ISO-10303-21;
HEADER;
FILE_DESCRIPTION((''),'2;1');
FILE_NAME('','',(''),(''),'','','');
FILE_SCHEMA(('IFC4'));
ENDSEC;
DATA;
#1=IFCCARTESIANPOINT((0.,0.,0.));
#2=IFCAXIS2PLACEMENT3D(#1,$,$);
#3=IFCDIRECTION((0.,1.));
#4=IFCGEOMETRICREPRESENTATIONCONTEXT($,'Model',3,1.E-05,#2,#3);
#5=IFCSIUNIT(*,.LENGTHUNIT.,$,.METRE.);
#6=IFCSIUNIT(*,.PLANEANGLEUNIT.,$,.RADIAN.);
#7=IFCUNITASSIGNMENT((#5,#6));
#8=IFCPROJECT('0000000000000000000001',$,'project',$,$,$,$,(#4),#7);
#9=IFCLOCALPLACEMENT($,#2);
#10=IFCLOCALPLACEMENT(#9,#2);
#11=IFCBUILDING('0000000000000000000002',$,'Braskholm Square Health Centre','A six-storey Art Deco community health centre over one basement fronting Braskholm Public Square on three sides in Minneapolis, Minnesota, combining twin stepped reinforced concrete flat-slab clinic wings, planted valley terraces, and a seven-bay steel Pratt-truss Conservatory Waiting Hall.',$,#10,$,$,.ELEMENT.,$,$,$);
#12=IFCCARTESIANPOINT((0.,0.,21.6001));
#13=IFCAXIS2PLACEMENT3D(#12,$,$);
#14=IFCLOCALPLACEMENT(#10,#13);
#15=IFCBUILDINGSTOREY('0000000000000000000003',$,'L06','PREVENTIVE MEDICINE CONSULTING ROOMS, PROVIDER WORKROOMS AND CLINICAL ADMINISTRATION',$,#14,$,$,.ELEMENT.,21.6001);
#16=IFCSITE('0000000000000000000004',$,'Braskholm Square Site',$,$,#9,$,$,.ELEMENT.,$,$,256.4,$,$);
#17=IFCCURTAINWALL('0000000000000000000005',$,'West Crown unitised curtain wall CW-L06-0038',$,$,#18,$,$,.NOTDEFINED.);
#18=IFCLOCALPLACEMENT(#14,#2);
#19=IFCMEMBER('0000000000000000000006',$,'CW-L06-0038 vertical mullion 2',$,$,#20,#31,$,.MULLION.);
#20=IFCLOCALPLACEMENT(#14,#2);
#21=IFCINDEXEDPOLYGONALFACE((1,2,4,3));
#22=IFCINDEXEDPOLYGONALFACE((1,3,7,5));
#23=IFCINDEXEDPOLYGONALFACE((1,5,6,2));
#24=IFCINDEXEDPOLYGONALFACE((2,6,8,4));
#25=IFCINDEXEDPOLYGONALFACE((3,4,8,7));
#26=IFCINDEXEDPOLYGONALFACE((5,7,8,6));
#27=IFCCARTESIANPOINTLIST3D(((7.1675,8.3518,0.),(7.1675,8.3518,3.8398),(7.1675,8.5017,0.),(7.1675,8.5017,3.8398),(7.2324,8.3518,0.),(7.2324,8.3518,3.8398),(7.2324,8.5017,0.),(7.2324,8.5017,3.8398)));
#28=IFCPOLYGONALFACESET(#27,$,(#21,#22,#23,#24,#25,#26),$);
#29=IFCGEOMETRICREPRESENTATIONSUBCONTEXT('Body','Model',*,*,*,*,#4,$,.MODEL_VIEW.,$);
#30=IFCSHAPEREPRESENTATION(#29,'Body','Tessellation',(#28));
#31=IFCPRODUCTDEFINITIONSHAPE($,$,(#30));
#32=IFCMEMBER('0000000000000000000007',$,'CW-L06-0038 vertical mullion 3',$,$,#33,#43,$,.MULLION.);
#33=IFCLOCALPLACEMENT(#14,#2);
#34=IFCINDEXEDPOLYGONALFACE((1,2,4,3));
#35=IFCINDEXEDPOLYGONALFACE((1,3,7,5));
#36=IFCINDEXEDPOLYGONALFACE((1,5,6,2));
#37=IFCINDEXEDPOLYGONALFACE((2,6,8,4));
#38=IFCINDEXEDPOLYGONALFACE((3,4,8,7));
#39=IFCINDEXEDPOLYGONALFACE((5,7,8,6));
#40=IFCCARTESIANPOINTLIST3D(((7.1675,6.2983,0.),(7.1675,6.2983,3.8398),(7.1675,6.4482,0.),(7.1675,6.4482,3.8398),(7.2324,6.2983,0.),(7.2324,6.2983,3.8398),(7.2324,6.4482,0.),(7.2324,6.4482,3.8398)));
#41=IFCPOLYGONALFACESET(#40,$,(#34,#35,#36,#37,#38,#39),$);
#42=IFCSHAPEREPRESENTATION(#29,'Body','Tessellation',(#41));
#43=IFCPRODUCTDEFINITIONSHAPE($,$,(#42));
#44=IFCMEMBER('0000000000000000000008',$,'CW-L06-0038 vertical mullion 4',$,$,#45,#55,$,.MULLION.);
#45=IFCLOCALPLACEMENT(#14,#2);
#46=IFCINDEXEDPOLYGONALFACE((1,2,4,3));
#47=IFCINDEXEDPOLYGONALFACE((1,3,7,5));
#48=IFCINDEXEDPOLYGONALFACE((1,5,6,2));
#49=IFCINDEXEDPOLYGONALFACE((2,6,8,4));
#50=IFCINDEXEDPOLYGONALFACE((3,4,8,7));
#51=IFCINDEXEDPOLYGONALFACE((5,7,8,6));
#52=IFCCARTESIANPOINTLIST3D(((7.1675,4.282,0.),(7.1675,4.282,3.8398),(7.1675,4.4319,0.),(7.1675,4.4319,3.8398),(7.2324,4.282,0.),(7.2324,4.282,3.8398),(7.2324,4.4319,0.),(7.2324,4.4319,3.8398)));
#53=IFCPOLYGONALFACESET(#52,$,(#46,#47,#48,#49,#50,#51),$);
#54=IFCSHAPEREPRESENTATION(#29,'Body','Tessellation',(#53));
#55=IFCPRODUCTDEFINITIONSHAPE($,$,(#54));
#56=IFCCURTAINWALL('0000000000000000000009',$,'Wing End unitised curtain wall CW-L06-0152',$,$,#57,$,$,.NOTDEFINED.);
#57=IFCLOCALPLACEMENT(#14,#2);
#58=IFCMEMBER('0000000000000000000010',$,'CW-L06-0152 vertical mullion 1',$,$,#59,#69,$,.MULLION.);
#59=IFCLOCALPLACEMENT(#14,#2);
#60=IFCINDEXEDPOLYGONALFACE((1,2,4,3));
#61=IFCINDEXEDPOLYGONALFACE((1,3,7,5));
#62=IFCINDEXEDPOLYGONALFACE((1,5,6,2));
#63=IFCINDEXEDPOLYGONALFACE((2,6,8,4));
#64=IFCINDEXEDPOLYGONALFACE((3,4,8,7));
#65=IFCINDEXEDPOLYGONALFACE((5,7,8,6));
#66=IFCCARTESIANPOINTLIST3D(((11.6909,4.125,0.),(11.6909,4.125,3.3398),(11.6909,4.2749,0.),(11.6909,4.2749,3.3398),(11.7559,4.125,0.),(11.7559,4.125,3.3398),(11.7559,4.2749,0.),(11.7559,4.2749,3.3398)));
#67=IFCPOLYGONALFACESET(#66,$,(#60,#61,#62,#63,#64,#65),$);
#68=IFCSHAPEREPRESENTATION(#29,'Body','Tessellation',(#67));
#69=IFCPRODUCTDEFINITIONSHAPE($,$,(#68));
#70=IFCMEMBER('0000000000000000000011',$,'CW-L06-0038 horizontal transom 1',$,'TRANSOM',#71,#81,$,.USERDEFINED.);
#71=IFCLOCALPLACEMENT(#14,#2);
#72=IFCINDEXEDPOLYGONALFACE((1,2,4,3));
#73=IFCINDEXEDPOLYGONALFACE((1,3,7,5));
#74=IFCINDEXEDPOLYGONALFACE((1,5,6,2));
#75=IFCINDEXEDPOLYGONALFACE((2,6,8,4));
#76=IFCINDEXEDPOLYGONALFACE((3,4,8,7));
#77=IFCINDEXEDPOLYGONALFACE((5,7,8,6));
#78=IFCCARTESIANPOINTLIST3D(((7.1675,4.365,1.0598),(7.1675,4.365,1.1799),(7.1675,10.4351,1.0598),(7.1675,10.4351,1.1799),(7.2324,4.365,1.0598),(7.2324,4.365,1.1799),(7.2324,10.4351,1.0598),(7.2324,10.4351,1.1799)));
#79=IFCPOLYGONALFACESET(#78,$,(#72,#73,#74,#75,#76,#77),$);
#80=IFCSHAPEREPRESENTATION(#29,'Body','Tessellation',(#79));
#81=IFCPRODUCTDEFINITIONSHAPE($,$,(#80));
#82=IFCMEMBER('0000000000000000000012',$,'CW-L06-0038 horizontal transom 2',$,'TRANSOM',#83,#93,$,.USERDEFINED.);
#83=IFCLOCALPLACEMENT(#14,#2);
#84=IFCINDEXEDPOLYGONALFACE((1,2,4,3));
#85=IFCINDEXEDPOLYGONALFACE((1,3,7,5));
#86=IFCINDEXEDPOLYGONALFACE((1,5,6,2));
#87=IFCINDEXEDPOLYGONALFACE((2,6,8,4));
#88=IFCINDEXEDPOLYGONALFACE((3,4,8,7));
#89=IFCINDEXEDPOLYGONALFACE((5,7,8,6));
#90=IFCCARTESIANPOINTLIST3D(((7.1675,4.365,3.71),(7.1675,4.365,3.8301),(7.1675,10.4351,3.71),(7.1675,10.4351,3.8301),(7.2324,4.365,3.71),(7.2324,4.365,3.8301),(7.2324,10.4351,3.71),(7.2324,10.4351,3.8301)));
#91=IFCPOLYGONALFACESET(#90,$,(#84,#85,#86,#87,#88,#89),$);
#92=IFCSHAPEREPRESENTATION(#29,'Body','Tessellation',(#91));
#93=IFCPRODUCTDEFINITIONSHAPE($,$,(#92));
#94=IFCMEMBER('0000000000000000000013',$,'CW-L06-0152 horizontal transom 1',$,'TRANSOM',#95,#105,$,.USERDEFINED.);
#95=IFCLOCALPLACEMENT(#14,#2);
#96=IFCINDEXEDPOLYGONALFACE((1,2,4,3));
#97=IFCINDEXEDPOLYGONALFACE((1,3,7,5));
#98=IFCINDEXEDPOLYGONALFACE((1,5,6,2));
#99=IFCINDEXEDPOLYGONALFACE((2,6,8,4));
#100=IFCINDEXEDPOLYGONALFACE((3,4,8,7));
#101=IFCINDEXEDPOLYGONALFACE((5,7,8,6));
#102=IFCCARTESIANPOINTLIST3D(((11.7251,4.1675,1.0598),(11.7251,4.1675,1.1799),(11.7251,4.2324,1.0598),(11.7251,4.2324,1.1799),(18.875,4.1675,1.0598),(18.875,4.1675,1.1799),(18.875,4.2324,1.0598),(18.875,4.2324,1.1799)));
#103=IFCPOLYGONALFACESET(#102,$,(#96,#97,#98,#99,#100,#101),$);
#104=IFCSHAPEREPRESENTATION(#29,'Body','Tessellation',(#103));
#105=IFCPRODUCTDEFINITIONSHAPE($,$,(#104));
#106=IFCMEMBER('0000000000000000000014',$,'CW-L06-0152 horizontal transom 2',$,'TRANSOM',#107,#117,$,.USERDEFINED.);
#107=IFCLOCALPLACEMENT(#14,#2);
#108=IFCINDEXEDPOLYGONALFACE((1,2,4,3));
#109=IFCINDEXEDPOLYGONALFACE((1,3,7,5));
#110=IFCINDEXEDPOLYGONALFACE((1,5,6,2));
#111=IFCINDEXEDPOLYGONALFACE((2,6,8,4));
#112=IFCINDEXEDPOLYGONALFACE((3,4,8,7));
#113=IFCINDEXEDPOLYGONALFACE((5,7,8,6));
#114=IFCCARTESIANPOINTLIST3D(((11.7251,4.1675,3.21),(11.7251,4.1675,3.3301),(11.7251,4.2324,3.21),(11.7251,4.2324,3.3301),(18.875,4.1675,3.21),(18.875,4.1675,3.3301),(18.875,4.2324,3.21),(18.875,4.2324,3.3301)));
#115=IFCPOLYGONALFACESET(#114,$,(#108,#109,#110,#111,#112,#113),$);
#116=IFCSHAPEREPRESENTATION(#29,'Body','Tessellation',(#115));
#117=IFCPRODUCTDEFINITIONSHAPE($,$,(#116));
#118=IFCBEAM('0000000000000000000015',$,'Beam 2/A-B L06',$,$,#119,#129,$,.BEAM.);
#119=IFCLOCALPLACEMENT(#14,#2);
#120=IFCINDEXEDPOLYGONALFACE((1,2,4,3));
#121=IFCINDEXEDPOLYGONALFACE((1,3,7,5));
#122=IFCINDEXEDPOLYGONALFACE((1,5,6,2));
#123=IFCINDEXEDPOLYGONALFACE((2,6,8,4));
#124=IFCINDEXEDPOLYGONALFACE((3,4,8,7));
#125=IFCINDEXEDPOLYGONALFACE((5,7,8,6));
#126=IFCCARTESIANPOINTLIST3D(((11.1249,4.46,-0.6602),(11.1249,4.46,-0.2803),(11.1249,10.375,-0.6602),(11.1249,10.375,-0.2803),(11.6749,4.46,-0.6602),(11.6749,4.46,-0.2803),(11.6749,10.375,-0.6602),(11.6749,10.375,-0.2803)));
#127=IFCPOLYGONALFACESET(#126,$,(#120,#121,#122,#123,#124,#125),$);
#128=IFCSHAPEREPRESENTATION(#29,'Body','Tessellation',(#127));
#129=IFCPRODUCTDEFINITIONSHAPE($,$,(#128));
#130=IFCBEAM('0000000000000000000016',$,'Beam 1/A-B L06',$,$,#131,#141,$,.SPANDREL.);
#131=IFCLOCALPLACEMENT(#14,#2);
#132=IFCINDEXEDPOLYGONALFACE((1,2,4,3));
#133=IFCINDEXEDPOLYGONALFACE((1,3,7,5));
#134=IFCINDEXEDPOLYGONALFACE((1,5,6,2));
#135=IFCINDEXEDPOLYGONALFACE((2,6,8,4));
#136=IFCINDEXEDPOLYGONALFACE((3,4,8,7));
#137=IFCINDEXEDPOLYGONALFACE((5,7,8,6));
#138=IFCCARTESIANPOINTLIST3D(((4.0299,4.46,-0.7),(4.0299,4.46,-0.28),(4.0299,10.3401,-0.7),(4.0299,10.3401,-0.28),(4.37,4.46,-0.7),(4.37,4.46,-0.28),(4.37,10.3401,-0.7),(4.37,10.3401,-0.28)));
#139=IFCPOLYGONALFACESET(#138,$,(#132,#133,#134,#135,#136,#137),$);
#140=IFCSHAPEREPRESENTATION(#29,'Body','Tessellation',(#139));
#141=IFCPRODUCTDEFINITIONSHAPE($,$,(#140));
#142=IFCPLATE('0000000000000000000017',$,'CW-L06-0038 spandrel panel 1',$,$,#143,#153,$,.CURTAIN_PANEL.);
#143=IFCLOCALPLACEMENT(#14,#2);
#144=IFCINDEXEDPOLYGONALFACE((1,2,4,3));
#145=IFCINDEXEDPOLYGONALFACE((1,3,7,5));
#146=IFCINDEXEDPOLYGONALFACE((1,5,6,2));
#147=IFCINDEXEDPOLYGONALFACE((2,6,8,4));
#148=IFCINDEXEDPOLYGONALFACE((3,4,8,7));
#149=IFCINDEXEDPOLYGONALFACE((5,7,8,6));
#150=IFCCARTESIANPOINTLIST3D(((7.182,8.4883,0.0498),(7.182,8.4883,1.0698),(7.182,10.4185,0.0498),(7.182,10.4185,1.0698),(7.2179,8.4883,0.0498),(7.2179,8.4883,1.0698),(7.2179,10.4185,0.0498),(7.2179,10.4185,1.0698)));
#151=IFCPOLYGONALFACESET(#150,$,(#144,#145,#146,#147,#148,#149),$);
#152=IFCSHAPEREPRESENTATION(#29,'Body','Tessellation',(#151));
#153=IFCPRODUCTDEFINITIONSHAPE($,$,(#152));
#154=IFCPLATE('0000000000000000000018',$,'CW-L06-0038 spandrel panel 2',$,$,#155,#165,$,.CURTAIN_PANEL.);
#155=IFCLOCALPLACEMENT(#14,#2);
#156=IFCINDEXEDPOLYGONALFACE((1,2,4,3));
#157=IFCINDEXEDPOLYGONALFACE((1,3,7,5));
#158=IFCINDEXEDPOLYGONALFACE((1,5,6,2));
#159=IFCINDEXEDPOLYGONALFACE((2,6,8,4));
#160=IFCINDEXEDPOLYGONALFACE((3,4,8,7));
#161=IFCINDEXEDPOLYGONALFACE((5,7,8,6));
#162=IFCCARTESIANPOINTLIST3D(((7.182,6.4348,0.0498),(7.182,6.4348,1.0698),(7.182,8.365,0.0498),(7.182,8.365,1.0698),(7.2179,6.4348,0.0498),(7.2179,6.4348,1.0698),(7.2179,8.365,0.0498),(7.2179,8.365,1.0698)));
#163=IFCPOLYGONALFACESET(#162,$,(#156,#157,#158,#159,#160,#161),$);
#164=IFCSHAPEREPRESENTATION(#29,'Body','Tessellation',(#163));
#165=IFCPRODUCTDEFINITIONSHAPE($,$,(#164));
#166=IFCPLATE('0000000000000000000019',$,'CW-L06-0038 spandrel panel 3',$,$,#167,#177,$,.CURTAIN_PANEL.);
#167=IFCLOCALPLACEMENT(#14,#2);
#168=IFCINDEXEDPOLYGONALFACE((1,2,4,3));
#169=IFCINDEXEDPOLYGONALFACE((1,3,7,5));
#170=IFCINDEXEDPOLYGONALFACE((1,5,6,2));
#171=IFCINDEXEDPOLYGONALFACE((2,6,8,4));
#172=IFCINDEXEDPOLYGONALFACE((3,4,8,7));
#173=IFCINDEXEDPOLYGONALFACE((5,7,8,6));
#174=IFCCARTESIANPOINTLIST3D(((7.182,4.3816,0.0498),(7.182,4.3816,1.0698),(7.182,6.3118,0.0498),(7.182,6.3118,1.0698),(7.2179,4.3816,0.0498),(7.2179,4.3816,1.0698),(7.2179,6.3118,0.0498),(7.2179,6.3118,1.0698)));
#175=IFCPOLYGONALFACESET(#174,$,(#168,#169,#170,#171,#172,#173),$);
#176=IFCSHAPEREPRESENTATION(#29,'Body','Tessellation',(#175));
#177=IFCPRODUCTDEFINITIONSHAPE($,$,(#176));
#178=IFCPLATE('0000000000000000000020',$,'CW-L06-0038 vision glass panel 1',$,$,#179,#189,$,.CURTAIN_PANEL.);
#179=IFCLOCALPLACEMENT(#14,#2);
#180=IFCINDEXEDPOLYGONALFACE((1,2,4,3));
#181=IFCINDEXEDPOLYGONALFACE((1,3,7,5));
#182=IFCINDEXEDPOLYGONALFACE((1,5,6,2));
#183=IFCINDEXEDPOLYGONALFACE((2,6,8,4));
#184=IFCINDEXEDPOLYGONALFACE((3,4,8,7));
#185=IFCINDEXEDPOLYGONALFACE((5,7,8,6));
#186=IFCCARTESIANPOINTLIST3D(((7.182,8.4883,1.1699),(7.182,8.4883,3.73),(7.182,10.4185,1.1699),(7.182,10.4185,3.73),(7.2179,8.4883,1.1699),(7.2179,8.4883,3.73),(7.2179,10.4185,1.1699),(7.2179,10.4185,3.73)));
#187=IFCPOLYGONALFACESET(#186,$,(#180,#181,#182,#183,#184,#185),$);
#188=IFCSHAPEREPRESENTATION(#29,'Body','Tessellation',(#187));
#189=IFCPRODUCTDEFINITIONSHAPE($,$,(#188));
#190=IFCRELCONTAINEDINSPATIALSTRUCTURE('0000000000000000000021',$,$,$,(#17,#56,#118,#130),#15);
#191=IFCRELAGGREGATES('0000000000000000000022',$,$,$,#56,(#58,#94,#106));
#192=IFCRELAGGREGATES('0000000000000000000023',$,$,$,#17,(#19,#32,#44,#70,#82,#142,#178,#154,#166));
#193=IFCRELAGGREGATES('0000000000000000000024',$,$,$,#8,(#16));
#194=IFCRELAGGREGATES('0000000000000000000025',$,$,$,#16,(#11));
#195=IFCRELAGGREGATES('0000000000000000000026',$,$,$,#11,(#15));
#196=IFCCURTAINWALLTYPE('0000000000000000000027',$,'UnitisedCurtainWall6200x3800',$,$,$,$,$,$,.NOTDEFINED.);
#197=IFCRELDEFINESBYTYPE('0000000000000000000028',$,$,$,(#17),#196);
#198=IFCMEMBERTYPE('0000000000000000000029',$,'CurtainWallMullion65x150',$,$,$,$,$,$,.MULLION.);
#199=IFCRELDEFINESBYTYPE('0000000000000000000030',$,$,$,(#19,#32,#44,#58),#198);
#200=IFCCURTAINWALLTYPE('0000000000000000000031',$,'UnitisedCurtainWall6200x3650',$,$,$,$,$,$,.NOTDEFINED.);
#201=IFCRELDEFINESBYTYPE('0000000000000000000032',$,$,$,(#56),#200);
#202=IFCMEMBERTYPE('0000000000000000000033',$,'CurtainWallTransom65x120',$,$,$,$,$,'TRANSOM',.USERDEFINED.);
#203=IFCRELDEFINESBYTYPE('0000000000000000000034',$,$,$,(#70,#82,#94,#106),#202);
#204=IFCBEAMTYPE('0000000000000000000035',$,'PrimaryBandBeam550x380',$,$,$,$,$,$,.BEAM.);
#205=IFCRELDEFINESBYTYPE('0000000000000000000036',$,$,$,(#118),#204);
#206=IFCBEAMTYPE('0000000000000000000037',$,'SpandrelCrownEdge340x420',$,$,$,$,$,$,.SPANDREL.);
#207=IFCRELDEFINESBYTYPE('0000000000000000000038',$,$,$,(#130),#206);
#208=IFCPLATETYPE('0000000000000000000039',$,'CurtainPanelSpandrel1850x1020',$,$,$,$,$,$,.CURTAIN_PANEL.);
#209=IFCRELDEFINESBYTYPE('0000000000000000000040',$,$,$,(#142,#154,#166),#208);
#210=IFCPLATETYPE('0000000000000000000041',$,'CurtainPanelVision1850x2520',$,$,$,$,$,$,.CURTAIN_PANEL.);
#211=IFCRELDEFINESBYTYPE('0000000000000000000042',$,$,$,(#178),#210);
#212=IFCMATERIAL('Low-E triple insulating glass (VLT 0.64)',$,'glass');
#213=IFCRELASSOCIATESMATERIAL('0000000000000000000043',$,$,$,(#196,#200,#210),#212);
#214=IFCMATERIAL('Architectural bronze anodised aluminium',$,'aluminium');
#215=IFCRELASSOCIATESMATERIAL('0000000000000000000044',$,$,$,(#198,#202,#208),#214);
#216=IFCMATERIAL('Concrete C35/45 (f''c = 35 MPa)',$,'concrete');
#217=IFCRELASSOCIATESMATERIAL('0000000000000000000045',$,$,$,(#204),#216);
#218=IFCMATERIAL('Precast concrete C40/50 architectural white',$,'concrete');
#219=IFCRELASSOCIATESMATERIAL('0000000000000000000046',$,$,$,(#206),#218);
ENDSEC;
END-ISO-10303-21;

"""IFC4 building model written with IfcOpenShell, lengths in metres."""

from ifc_helpers import new_model, si_unit, direction, frame, origin, origin_2d, place, context, subcontext, project, spatial, rectangle, extrude, material, material_profile, profile_set, type_object, element, aggregate, save


model = new_model("IFC4")

# Units and contexts
model_context = context("Model", 3, precision=1e-05, world=origin(), true_north=direction((0.0, 1.0)))
body_context = subcontext(model_context, "Body", "Model", "MODEL_VIEW")
ifc_project = project(units=[si_unit("LENGTHUNIT", "METRE"), si_unit("PLANEANGLEUNIT", "RADIAN")], contexts=[model_context])

# Site, building, storey
site_placement = place(None, origin())
site = spatial("IfcSite", under=ifc_project, at=site_placement, Name="Braskholm Square Site", CompositionType="ELEMENT", RefElevation=256.4)
building_placement = place(site_placement, origin())
building = spatial("IfcBuilding", under=site, at=building_placement, Name="Braskholm Square Health Centre", Description="A six-storey Art Deco community health centre over one basement fronting Braskholm Public Square on three sides in Minneapolis, Minnesota, combining twin stepped reinforced concrete flat-slab clinic wings, planted valley terraces, and a seven-bay steel Pratt-truss Conservatory Waiting Hall.", CompositionType="ELEMENT")
storey_placement = place(building_placement, frame((0.0, 0.0, 21.6001)))
storey = spatial("IfcBuildingStorey", under=building, at=storey_placement, Name="L06", Description="PREVENTIVE MEDICINE CONSULTING ROOMS, PROVIDER WORKROOMS AND CLINICAL ADMINISTRATION", CompositionType="ELEMENT", Elevation=21.6001)

# Curtain wall, members
ifc_material_1 = material(Name="Low-E triple insulating glass (VLT 0.64)", Category="glass")
curtain_wall_type_1 = type_object("IfcCurtainWallType", Name="UnitisedCurtainWall6200x3800", PredefinedType="NOTDEFINED", material=ifc_material_1)
curtain_wall_1_placement = place(storey_placement, origin())
curtain_wall_1 = element("IfcCurtainWall", 1, at=curtain_wall_1_placement, inside=storey, type_object=curtain_wall_type_1, Name="West Crown unitised curtain wall CW-L06-0038", PredefinedType="NOTDEFINED")
ifc_material_2 = material(Name="Architectural bronze anodised aluminium", Category="aluminium")
ifc_material_profile_1 = material_profile(ifc_material_2, rectangle(XDim=0.0649, YDim=0.1499, at=origin_2d()), Name="ALU-65X150")
ifc_profile_set_1 = profile_set([ifc_material_profile_1], Name="Architectural bronze anodised aluminium")
member_type_1 = type_object("IfcMemberType", Name="CurtainWallMullion65x150", PredefinedType="MULLION", material=ifc_profile_set_1)
member_1_placement = place(storey_placement, frame((7.2, 8.4268, 0.0), z_axis=(0.0, 0.0, 1.0), x_axis=(1.0, 0.0, 0.0)))
member_1 = element("IfcMember", 2, at=member_1_placement, type_object=member_type_1, Name="CW-L06-0038 vertical mullion 2", PredefinedType="MULLION", context=body_context, shape_type="SweptSolid", body=[
    extrude(rectangle(XDim=0.0649, YDim=0.1499, at=origin_2d()), origin(), (0.0, 0.0, 1.0), 3.8398),
])
member_2_placement = place(storey_placement, frame((7.2, 6.3733, 0.0), z_axis=(0.0, 0.0, 1.0), x_axis=(1.0, 0.0, 0.0)))
member_2 = element("IfcMember", 3, at=member_2_placement, type_object=member_type_1, Name="CW-L06-0038 vertical mullion 3", PredefinedType="MULLION", context=body_context, shape_type="SweptSolid", body=[
    extrude(rectangle(XDim=0.0649, YDim=0.1499, at=origin_2d()), origin(), (0.0, 0.0, 1.0), 3.8398),
])
member_3_placement = place(storey_placement, frame((7.2, 4.3569, 0.0), z_axis=(0.0, 0.0, 1.0), x_axis=(1.0, 0.0, 0.0)))
member_3 = element("IfcMember", 4, at=member_3_placement, type_object=member_type_1, Name="CW-L06-0038 vertical mullion 4", PredefinedType="MULLION", context=body_context, shape_type="SweptSolid", body=[
    extrude(rectangle(XDim=0.0649, YDim=0.1499, at=origin_2d()), origin(), (0.0, 0.0, 1.0), 3.8398),
])

# Curtain wall, member
curtain_wall_type_2 = type_object("IfcCurtainWallType", Name="UnitisedCurtainWall6200x3650", PredefinedType="NOTDEFINED", material=ifc_material_1)
curtain_wall_2_placement = place(storey_placement, origin())
curtain_wall_2 = element("IfcCurtainWall", 5, at=curtain_wall_2_placement, inside=storey, type_object=curtain_wall_type_2, Name="Wing End unitised curtain wall CW-L06-0152", PredefinedType="NOTDEFINED")
member_4_placement = place(storey_placement, frame((11.7234, 4.2, 0.0), z_axis=(0.0, 0.0, 1.0), x_axis=(1.0, 0.0, 0.0)))
member_4 = element("IfcMember", 6, at=member_4_placement, type_object=member_type_1, Name="CW-L06-0152 vertical mullion 1", PredefinedType="MULLION", context=body_context, shape_type="SweptSolid", body=[
    extrude(rectangle(XDim=0.0649, YDim=0.1499, at=origin_2d()), origin(), (0.0, 0.0, 1.0), 3.3398),
])

# Members
ifc_material_profile_2 = material_profile(ifc_material_2, rectangle(XDim=0.0649, YDim=0.1201, at=origin_2d()), Name="ALU-65X120")
ifc_profile_set_2 = profile_set([ifc_material_profile_2], Name="Architectural bronze anodised aluminium")
member_type_2 = type_object("IfcMemberType", Name="CurtainWallTransom65x120", ElementType="TRANSOM", PredefinedType="USERDEFINED", material=ifc_profile_set_2)
member_5_placement = place(storey_placement, frame((7.2, 10.4351, 1.1199), z_axis=(0.0, -1.0, 0.0), x_axis=(1.0, 0.0, 0.0)))
member_5 = element("IfcMember", 7, at=member_5_placement, type_object=member_type_2, Name="CW-L06-0038 horizontal transom 1", ObjectType="TRANSOM", PredefinedType="USERDEFINED", context=body_context, shape_type="SweptSolid", body=[
    extrude(rectangle(XDim=0.0649, YDim=0.1201, at=origin_2d()), origin(), (0.0, 0.0, 1.0), 6.0701),
])
member_6_placement = place(storey_placement, frame((7.2, 10.4351, 3.77), z_axis=(0.0, -1.0, 0.0), x_axis=(1.0, 0.0, 0.0)))
member_6 = element("IfcMember", 8, at=member_6_placement, type_object=member_type_2, Name="CW-L06-0038 horizontal transom 2", ObjectType="TRANSOM", PredefinedType="USERDEFINED", context=body_context, shape_type="SweptSolid", body=[
    extrude(rectangle(XDim=0.0649, YDim=0.1201, at=origin_2d()), origin(), (0.0, 0.0, 1.0), 6.0701),
])
member_7_placement = place(storey_placement, frame((11.7251, 4.2, 1.1199), z_axis=(1.0, 0.0, 0.0), x_axis=(0.0, 1.0, 0.0)))
member_7 = element("IfcMember", 9, at=member_7_placement, type_object=member_type_2, Name="CW-L06-0152 horizontal transom 1", ObjectType="TRANSOM", PredefinedType="USERDEFINED", context=body_context, shape_type="SweptSolid", body=[
    extrude(rectangle(XDim=0.0649, YDim=0.1201, at=origin_2d()), origin(), (0.0, 0.0, 1.0), 7.1499),
])
member_8_placement = place(storey_placement, frame((11.7251, 4.2, 3.27), z_axis=(1.0, 0.0, 0.0), x_axis=(0.0, 1.0, 0.0)))
member_8 = element("IfcMember", 10, at=member_8_placement, type_object=member_type_2, Name="CW-L06-0152 horizontal transom 2", ObjectType="TRANSOM", PredefinedType="USERDEFINED", context=body_context, shape_type="SweptSolid", body=[
    extrude(rectangle(XDim=0.0649, YDim=0.1201, at=origin_2d()), origin(), (0.0, 0.0, 1.0), 7.1499),
])
aggregate(curtain_wall_2, [member_4, member_7, member_8])

# Beams
ifc_material_3 = material(Name="Concrete C35/45 (f'c = 35 MPa)", Category="concrete")
ifc_material_profile_3 = material_profile(ifc_material_3, rectangle(XDim=0.55, YDim=0.3799, at=origin_2d()), Name="RCB-550X380")
ifc_profile_set_3 = profile_set([ifc_material_profile_3], Name="Concrete C35/45 (f'c = 35 MPa)")
beam_type_1 = type_object("IfcBeamType", Name="PrimaryBandBeam550x380", PredefinedType="BEAM", material=ifc_profile_set_3)
beam_1_placement = place(storey_placement, frame((11.3999, 4.46, -0.4702), z_axis=(0.0, 1.0, 0.0), x_axis=(-1.0, 0.0, 0.0)))
element("IfcBeam", 11, at=beam_1_placement, inside=storey, type_object=beam_type_1, Name="Beam 2/A-B L06", PredefinedType="BEAM", context=body_context, shape_type="SweptSolid", body=[
    extrude(rectangle(XDim=0.55, YDim=0.3799, at=origin_2d()), origin(), (0.0, 0.0, 1.0), 5.915),
])
ifc_material_4 = material(Name="Precast concrete C40/50 architectural white", Category="concrete")
ifc_material_profile_4 = material_profile(ifc_material_4, rectangle(XDim=0.3401, YDim=0.4199, at=origin_2d()), Name="RCB-340X420")
ifc_profile_set_4 = profile_set([ifc_material_profile_4], Name="Precast concrete C40/50 architectural white")
beam_type_2 = type_object("IfcBeamType", Name="SpandrelCrownEdge340x420", PredefinedType="SPANDREL", material=ifc_profile_set_4)
beam_2_placement = place(storey_placement, frame((4.2, 4.46, -0.49), z_axis=(0.0, 1.0, 0.0), x_axis=(-1.0, 0.0, 0.0)))
element("IfcBeam", 12, at=beam_2_placement, inside=storey, type_object=beam_type_2, Name="Beam 1/A-B L06", PredefinedType="SPANDREL", context=body_context, shape_type="SweptSolid", body=[
    extrude(rectangle(XDim=0.3401, YDim=0.4199, at=origin_2d()), origin(), (0.0, 0.0, 1.0), 5.8801),
])

# Plates
plate_type_1 = type_object("IfcPlateType", Name="CurtainPanelSpandrel1850x1020", PredefinedType="CURTAIN_PANEL", material=ifc_material_2)
plate_1_placement = place(storey_placement, frame((7.2, 9.4534, 0.0498), z_axis=(0.0, 0.0, 1.0), x_axis=(0.0, -1.0, 0.0)))
plate_1 = element("IfcPlate", 13, at=plate_1_placement, type_object=plate_type_1, Name="CW-L06-0038 spandrel panel 1", PredefinedType="CURTAIN_PANEL", context=body_context, shape_type="SweptSolid", body=[
    extrude(rectangle(XDim=1.9302, YDim=0.0359, at=origin_2d()), origin(), (0.0, 0.0, 1.0), 1.02),
])
plate_2_placement = place(storey_placement, frame((7.2, 7.3999, 0.0498), z_axis=(0.0, 0.0, 1.0), x_axis=(0.0, -1.0, 0.0)))
plate_2 = element("IfcPlate", 14, at=plate_2_placement, type_object=plate_type_1, Name="CW-L06-0038 spandrel panel 2", PredefinedType="CURTAIN_PANEL", context=body_context, shape_type="SweptSolid", body=[
    extrude(rectangle(XDim=1.9302, YDim=0.0359, at=origin_2d()), origin(), (0.0, 0.0, 1.0), 1.02),
])
plate_3_placement = place(storey_placement, frame((7.2, 5.3467, 0.0498), z_axis=(0.0, 0.0, 1.0), x_axis=(0.0, -1.0, 0.0)))
plate_3 = element("IfcPlate", 15, at=plate_3_placement, type_object=plate_type_1, Name="CW-L06-0038 spandrel panel 3", PredefinedType="CURTAIN_PANEL", context=body_context, shape_type="SweptSolid", body=[
    extrude(rectangle(XDim=1.9302, YDim=0.0359, at=origin_2d()), origin(), (0.0, 0.0, 1.0), 1.02),
])
plate_type_2 = type_object("IfcPlateType", Name="CurtainPanelVision1850x2520", PredefinedType="CURTAIN_PANEL", material=ifc_material_1)
plate_4_placement = place(storey_placement, frame((7.2, 9.4534, 1.1699), z_axis=(0.0, 0.0, 1.0), x_axis=(0.0, -1.0, 0.0)))
plate_4 = element("IfcPlate", 16, at=plate_4_placement, type_object=plate_type_2, Name="CW-L06-0038 vision glass panel 1", PredefinedType="CURTAIN_PANEL", context=body_context, shape_type="SweptSolid", body=[
    extrude(rectangle(XDim=1.9302, YDim=0.0359, at=origin_2d()), origin(), (0.0, 0.0, 1.0), 2.5601),
])
aggregate(curtain_wall_1, [member_1, member_2, member_3, member_5, member_6, plate_1, plate_4, plate_2, plate_3])

save(model, "model.ifc")
